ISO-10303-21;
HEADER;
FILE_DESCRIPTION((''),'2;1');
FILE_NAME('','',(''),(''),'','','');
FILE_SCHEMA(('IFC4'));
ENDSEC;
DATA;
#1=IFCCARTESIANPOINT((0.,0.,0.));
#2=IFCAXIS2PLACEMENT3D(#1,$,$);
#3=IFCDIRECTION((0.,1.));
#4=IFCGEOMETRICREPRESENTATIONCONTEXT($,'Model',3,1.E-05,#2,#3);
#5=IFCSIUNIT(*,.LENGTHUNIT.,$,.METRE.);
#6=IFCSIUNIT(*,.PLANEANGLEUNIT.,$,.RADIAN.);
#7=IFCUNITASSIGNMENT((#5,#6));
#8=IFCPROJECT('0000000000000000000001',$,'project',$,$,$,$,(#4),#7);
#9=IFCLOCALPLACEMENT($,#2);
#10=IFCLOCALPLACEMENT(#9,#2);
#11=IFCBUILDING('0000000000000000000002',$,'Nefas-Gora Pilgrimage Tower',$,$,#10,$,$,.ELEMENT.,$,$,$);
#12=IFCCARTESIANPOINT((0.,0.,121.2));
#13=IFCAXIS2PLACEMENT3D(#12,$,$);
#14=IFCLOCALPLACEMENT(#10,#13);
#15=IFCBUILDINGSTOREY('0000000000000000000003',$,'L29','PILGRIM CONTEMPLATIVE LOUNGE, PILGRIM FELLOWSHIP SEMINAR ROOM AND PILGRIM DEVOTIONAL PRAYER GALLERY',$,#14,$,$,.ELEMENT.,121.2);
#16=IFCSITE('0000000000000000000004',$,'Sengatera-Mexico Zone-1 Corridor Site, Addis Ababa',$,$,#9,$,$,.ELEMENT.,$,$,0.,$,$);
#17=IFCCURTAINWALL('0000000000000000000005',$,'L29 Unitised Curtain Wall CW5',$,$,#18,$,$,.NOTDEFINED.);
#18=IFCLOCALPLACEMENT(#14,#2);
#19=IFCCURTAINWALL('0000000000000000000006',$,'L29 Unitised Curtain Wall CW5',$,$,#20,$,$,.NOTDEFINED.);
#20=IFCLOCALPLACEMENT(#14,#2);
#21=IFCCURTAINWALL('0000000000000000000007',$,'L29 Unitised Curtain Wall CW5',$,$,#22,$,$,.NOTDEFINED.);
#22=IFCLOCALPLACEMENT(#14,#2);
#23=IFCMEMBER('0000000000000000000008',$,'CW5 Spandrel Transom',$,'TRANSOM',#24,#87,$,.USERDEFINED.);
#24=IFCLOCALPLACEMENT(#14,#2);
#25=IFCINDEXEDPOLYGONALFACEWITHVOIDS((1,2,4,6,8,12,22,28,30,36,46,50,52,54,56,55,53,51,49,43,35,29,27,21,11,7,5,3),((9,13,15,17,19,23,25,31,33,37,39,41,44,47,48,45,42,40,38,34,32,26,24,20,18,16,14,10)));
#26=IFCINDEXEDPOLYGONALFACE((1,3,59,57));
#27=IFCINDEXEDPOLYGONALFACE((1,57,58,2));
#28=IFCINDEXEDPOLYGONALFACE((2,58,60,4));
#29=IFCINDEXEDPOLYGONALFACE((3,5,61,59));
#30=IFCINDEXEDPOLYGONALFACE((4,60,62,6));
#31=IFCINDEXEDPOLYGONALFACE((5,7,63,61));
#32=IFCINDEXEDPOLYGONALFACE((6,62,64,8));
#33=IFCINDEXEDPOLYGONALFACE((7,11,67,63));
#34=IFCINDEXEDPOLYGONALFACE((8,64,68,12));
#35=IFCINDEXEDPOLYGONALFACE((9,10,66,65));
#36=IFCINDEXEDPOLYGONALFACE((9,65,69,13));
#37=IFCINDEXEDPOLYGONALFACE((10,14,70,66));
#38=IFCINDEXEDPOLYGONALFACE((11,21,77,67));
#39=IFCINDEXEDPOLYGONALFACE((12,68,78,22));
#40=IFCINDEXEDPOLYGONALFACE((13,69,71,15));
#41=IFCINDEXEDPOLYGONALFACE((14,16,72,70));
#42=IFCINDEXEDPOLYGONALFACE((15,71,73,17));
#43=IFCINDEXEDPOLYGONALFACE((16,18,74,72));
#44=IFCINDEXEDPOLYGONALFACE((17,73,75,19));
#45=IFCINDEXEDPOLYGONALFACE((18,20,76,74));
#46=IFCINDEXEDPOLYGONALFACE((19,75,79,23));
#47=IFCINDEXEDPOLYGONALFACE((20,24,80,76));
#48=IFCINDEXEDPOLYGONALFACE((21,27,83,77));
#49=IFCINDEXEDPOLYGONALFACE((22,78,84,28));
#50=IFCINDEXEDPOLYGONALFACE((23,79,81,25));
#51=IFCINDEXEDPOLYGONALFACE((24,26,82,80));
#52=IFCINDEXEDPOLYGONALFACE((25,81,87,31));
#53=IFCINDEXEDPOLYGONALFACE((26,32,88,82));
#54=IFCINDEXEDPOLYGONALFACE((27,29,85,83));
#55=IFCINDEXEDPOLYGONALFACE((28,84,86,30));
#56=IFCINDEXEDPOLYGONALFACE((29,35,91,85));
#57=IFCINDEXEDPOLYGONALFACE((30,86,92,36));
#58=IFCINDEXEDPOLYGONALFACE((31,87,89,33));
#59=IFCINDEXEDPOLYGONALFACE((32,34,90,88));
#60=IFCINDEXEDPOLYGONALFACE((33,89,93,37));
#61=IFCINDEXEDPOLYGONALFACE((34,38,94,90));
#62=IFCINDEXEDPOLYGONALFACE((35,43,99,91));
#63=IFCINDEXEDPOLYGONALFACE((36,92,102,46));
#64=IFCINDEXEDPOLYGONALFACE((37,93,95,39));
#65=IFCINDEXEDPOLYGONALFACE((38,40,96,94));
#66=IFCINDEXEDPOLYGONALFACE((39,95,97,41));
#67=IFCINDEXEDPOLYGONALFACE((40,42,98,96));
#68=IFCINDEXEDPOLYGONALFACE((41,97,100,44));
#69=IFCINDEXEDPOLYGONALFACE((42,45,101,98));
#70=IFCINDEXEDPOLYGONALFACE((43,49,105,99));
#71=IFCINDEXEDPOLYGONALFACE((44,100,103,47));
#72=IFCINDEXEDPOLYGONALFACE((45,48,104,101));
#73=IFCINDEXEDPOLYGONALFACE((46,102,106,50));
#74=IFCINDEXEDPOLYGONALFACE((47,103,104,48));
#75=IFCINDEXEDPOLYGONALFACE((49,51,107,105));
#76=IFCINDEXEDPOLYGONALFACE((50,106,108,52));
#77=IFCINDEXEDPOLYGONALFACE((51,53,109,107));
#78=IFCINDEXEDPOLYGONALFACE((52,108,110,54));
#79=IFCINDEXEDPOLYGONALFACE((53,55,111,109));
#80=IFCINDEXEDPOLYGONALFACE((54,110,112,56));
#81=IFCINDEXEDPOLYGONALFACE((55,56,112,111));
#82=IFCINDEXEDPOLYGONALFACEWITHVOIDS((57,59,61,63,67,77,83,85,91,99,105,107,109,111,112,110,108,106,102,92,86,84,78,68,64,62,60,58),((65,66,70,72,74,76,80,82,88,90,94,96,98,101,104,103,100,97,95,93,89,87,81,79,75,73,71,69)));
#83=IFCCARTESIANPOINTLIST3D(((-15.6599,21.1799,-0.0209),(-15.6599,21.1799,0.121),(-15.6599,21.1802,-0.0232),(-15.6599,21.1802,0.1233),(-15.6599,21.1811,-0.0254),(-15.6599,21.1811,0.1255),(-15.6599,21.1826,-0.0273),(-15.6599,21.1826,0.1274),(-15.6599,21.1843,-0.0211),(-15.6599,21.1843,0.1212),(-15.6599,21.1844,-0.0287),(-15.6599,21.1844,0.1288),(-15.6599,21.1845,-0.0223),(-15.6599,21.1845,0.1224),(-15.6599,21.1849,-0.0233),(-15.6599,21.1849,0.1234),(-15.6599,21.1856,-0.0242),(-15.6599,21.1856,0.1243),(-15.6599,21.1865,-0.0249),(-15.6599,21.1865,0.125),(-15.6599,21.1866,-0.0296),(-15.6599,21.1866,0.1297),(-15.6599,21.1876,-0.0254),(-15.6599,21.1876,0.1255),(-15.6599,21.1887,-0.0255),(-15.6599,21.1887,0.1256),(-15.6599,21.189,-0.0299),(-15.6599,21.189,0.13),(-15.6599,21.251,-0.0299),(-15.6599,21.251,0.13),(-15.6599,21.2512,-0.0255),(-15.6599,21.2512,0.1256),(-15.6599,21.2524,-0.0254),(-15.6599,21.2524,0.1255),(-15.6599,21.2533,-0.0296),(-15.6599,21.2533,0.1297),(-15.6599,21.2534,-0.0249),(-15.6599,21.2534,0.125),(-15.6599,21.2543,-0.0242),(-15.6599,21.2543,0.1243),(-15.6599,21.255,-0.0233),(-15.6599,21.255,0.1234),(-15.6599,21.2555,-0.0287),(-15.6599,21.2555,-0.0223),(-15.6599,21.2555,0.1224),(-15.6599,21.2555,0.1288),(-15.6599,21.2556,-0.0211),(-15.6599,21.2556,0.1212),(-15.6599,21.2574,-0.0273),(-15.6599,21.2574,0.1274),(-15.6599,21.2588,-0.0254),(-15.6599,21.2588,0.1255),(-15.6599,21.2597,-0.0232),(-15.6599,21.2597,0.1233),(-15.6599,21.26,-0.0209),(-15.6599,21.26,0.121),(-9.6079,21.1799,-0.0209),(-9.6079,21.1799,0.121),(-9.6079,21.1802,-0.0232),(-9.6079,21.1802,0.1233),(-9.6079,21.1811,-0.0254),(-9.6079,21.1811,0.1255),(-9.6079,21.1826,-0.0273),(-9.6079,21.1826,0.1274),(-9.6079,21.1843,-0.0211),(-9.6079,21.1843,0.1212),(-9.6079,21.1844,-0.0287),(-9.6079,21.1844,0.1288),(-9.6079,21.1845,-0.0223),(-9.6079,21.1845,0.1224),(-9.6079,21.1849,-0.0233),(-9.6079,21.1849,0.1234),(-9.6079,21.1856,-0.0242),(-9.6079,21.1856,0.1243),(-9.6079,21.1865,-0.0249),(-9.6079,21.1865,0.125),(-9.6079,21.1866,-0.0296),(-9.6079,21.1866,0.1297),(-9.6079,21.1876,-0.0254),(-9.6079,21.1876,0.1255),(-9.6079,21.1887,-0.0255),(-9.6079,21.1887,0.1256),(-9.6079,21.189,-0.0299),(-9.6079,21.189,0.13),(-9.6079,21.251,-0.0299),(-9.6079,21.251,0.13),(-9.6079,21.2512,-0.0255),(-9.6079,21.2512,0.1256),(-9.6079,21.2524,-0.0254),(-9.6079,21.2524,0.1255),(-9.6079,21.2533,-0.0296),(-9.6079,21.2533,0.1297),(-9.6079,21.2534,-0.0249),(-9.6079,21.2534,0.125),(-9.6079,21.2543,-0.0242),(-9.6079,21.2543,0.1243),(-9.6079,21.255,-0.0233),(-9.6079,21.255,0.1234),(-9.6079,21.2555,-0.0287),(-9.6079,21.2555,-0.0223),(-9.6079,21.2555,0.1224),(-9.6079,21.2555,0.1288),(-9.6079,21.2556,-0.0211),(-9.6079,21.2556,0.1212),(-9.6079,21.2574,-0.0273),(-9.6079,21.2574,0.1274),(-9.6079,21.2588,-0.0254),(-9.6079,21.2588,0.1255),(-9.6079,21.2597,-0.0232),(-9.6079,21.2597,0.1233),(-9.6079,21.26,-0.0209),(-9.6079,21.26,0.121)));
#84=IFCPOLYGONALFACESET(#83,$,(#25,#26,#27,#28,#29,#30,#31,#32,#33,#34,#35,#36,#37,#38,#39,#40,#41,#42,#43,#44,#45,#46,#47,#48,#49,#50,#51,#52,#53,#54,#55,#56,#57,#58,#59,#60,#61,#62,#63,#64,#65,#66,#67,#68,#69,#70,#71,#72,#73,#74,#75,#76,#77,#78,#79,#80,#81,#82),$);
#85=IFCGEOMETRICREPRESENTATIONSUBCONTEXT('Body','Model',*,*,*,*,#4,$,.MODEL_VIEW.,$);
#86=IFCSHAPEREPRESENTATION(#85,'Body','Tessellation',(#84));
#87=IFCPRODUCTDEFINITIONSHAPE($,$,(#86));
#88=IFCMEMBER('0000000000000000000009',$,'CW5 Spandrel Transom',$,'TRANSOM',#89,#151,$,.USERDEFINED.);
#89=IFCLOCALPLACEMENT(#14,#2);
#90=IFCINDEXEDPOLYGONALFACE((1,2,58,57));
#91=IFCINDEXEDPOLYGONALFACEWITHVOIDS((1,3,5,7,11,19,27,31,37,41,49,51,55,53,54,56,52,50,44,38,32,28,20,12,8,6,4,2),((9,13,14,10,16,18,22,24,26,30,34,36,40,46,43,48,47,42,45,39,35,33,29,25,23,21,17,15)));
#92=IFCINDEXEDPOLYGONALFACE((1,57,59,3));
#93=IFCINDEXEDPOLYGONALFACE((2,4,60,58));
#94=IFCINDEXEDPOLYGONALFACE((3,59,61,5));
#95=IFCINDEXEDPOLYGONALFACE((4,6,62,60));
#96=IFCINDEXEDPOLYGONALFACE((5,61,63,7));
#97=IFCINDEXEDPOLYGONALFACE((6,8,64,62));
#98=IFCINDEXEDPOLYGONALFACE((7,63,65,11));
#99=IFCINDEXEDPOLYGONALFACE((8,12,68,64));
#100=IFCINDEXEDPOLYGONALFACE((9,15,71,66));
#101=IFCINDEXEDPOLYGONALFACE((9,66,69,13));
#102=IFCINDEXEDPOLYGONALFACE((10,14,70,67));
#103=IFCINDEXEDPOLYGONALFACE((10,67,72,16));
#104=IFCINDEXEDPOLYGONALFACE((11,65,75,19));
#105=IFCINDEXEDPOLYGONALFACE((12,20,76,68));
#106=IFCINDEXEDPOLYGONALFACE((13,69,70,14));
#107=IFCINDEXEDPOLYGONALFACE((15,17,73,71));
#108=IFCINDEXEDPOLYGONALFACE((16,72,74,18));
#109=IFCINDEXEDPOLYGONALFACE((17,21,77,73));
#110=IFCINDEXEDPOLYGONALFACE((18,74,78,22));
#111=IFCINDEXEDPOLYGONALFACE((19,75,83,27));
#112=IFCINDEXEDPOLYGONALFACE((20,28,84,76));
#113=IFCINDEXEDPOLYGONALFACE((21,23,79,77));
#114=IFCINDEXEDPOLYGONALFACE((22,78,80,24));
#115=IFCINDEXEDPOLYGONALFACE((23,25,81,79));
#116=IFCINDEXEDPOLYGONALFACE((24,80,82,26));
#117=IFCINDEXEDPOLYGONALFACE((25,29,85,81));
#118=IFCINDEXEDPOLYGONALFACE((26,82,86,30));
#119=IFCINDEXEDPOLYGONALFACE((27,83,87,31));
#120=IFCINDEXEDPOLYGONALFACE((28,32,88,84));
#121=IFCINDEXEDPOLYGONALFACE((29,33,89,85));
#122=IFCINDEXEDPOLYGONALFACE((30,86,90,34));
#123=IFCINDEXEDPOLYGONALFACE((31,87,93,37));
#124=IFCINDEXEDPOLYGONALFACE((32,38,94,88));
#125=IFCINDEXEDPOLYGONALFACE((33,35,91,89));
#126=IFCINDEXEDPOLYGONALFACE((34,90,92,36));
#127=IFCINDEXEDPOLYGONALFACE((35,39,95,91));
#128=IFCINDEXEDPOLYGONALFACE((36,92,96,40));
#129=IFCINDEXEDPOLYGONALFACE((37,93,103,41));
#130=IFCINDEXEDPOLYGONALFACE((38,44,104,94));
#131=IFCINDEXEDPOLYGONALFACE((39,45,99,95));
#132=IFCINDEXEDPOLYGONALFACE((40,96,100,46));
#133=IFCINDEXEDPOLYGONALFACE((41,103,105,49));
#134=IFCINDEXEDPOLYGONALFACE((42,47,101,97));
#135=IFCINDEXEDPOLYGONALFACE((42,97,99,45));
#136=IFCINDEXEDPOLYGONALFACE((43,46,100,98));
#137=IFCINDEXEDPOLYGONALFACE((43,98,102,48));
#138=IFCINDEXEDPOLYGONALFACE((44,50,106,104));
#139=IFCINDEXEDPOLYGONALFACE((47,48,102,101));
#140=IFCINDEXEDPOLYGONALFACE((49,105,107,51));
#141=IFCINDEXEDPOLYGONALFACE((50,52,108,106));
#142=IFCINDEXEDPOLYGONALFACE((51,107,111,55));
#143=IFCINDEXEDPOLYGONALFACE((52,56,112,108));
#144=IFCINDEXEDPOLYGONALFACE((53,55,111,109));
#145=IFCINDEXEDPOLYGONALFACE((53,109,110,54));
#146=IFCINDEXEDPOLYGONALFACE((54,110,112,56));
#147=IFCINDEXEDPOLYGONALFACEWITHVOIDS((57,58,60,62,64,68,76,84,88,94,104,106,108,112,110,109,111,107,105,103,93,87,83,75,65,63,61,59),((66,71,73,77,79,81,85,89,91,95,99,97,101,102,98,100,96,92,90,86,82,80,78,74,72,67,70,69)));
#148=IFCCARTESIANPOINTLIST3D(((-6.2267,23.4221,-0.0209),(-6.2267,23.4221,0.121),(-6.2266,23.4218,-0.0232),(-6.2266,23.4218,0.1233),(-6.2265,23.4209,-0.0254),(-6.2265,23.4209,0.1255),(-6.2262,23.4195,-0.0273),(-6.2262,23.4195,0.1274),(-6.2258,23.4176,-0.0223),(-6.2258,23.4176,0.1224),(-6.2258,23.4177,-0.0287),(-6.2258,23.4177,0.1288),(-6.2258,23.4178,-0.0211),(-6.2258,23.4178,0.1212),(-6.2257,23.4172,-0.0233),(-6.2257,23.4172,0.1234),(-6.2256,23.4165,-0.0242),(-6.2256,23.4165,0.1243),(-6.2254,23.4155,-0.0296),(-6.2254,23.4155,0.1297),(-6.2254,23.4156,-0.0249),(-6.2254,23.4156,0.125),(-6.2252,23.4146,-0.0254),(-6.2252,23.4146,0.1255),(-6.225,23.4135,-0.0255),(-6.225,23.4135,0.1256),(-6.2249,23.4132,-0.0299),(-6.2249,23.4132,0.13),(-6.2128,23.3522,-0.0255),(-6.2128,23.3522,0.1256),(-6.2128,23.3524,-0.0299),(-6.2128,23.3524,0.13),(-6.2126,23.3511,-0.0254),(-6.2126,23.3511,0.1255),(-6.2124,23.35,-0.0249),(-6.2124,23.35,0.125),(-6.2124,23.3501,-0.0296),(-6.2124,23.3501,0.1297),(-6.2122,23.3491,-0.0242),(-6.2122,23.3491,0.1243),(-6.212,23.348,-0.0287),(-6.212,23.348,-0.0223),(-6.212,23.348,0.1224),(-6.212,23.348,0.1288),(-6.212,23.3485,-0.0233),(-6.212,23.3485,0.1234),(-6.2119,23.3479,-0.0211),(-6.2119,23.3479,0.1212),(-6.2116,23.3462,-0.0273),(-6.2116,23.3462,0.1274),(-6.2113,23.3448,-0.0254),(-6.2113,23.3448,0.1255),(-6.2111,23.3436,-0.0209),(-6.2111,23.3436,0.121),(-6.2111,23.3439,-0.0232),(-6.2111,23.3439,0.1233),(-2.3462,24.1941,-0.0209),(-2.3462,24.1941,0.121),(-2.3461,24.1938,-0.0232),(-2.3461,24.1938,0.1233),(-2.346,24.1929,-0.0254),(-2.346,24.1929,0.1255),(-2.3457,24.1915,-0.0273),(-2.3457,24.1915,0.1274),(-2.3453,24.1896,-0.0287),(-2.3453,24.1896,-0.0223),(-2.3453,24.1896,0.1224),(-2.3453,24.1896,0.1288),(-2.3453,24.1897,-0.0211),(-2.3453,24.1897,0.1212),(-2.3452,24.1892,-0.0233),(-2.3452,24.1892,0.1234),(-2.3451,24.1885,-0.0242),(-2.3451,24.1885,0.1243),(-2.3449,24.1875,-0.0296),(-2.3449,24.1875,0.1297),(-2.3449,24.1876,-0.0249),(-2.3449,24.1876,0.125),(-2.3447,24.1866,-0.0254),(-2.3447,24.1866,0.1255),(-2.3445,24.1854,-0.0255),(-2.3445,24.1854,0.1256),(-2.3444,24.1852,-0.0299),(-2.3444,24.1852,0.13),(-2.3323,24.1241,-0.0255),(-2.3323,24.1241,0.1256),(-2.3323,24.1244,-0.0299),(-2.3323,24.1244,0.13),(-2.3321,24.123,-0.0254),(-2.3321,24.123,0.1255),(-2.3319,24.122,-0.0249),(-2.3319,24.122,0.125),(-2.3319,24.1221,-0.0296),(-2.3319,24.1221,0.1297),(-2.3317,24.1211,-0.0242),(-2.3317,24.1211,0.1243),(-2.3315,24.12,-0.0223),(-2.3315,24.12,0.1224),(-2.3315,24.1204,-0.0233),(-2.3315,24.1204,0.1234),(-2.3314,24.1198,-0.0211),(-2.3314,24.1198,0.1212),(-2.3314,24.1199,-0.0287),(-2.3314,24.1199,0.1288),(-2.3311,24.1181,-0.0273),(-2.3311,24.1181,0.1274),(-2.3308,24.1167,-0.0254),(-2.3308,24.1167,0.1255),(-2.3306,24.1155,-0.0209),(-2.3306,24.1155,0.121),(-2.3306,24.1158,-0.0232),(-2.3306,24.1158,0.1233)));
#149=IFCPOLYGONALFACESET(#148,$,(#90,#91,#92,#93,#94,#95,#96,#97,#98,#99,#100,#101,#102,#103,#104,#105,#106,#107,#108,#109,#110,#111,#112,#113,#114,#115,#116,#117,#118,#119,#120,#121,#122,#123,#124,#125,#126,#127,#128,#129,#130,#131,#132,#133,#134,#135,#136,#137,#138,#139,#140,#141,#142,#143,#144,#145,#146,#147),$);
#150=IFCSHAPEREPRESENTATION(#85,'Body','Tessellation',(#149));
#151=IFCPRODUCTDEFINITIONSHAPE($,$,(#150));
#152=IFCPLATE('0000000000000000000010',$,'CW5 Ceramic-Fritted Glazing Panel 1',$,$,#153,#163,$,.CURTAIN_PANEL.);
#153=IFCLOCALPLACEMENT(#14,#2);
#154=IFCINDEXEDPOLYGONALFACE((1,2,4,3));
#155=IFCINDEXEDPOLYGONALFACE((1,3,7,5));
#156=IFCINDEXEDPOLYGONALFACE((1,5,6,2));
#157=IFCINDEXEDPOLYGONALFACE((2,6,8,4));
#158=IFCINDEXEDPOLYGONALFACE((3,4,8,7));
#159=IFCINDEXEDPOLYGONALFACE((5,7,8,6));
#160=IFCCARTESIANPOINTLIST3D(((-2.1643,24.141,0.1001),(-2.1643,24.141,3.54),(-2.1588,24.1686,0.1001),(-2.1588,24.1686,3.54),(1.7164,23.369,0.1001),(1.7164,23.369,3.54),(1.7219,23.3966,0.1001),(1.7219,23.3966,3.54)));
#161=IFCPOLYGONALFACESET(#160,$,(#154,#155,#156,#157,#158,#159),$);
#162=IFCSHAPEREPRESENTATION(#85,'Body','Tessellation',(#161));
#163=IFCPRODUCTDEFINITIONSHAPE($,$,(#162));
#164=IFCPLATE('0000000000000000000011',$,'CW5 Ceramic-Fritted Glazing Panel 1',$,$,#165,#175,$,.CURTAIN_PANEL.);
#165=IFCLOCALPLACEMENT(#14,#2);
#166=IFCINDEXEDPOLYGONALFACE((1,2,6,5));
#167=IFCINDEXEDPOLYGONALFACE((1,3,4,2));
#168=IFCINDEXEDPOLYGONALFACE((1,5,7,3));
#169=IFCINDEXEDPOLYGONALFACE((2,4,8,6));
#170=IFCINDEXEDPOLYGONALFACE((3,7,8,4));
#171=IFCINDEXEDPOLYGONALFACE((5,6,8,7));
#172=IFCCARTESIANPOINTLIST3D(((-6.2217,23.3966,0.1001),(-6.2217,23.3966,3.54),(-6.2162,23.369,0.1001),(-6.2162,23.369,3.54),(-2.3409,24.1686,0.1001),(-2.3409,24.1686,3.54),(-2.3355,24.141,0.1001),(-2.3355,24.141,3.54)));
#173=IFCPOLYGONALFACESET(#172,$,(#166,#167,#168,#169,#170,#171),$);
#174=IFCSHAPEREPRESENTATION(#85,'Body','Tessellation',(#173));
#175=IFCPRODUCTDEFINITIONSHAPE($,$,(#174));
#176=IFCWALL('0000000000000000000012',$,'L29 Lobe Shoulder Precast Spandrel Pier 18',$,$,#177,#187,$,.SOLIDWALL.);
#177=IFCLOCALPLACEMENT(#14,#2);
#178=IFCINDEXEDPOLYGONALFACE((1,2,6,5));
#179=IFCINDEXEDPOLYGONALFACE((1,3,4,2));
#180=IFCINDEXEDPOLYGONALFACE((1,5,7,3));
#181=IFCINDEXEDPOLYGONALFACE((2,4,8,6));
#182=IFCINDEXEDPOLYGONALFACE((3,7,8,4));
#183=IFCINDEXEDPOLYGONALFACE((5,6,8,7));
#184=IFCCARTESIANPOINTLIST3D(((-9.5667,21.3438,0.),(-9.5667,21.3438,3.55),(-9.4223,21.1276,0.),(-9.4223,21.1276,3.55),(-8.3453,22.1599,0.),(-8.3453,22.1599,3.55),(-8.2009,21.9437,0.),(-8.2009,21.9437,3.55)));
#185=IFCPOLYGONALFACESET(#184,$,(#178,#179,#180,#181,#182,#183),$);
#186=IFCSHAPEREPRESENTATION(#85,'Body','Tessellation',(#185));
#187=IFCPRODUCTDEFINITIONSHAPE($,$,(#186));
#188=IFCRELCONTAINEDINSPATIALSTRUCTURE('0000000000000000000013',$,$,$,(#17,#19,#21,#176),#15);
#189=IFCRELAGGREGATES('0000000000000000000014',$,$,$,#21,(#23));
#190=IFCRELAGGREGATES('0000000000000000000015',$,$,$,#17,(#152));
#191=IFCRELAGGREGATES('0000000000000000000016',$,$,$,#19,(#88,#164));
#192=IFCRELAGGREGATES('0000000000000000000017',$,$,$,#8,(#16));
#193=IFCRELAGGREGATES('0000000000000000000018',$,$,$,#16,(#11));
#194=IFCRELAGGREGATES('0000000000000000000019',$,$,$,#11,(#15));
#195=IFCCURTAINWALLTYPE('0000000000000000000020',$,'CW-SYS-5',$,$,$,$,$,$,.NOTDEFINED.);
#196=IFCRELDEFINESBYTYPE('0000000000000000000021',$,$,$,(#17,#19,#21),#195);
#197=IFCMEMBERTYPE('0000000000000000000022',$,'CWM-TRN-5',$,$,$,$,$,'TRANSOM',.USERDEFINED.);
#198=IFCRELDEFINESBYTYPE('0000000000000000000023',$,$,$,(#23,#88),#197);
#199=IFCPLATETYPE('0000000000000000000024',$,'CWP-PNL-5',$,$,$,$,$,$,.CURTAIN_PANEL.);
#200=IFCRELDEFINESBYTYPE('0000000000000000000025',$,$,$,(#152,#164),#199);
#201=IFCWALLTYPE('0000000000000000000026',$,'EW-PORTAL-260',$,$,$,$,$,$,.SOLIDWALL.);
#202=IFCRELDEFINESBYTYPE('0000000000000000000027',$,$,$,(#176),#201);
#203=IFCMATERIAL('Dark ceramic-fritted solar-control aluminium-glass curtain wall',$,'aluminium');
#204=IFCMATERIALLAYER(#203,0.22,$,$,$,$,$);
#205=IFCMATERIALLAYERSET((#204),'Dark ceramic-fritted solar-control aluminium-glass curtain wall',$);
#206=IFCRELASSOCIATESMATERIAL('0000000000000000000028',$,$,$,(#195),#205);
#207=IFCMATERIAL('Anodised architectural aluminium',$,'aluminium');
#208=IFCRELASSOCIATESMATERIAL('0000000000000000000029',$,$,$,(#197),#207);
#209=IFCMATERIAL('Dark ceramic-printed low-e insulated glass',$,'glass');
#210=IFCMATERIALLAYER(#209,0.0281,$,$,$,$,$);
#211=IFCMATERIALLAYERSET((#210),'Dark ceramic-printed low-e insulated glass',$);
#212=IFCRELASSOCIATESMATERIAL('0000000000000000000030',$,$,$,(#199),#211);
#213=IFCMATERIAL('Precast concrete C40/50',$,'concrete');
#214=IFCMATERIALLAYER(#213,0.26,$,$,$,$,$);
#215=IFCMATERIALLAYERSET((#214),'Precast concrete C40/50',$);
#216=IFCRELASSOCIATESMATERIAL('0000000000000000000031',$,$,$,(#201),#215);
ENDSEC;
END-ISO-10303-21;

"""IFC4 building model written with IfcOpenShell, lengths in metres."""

from ifc_helpers import new_model, si_unit, direction, frame, frame_2d, origin, origin_2d, place, context, subcontext, project, spatial, rectangle, hollow_rectangle, extrude, source, transform, mapped, material, layer, layer_set, material_profile, profile_set, type_object, element, aggregate, save


model = new_model("IFC4")

# Units and contexts
model_context = context("Model", 3, precision=1e-05, world=origin(), true_north=direction((0.0, 1.0)))
body_context = subcontext(model_context, "Body", "Model", "MODEL_VIEW")
ifc_project = project(units=[si_unit("LENGTHUNIT", "METRE"), si_unit("PLANEANGLEUNIT", "RADIAN")], contexts=[model_context])

# Site, building, storey
site_placement = place(None, origin())
site = spatial("IfcSite", under=ifc_project, at=site_placement, Name="Sengatera-Mexico Zone-1 Corridor Site, Addis Ababa", CompositionType="ELEMENT", RefElevation=0.0)
building_placement = place(site_placement, origin())
building = spatial("IfcBuilding", under=site, at=building_placement, Name="Nefas-Gora Pilgrimage Tower", CompositionType="ELEMENT")
storey_placement = place(building_placement, frame((0.0, 0.0, 121.2)))
storey = spatial("IfcBuildingStorey", under=building, at=storey_placement, Name="L29", Description="PILGRIM CONTEMPLATIVE LOUNGE, PILGRIM FELLOWSHIP SEMINAR ROOM AND PILGRIM DEVOTIONAL PRAYER GALLERY", CompositionType="ELEMENT", Elevation=121.2)

# Curtain wall
ifc_material_1 = material(Name="Dark ceramic-fritted solar-control aluminium-glass curtain wall", Category="aluminium")
ifc_layer_1 = layer(ifc_material_1, 0.22)
ifc_layer_set_1 = layer_set([ifc_layer_1], Name="Dark ceramic-fritted solar-control aluminium-glass curtain wall")
curtain_wall_type = type_object("IfcCurtainWallType", Name="CW-SYS-5", PredefinedType="NOTDEFINED", material=ifc_layer_set_1)
curtain_wall_1_placement = place(storey_placement, origin())
curtain_wall_1 = element("IfcCurtainWall", 1, at=curtain_wall_1_placement, inside=storey, type_object=curtain_wall_type, Name="L29 Unitised Curtain Wall CW5", PredefinedType="NOTDEFINED")
ifc_material_2 = material(Name="Anodised architectural aluminium", Category="aluminium")

# Curtain walls, member
curtain_wall_2_placement = place(storey_placement, origin())
curtain_wall_2 = element("IfcCurtainWall", 2, at=curtain_wall_2_placement, inside=storey, type_object=curtain_wall_type, Name="L29 Unitised Curtain Wall CW5", PredefinedType="NOTDEFINED")
curtain_wall_3_placement = place(storey_placement, origin())
curtain_wall_3 = element("IfcCurtainWall", 3, at=curtain_wall_3_placement, inside=storey, type_object=curtain_wall_type, Name="L29 Unitised Curtain Wall CW5", PredefinedType="NOTDEFINED")
ifc_material_profile_1 = material_profile(ifc_material_2, hollow_rectangle(XDim=0.0801, YDim=0.1599, WallThickness=0.0044, InnerFilletRadius=0.0044, OuterFilletRadius=0.009, at=origin_2d()), Name="ALU TRANSOM 80x160")
ifc_profile_set_1 = profile_set([ifc_material_profile_1], Name="Anodised architectural aluminium")
member_type_1 = type_object("IfcMemberType", Name="CWM-TRN-5", ElementType="TRANSOM", PredefinedType="USERDEFINED", material=ifc_profile_set_1)
shared_shape_1 = source(origin(), body_context, "Body", "SweptSolid", [
    extrude(hollow_rectangle(XDim=0.0801, YDim=0.1599, WallThickness=0.0044, InnerFilletRadius=0.0044, OuterFilletRadius=0.009, at=origin_2d()), origin(), (0.0, 0.0, 1.0), 6.052),
])
member_1_placement = place(storey_placement, frame((-9.6079, 21.22, 0.05), z_axis=(-1.0, 0.0, 0.0), x_axis=(0.0, -1.0, 0.0)))
member_1 = element("IfcMember", 4, at=member_1_placement, type_object=member_type_1, Name="CW5 Spandrel Transom", ObjectType="TRANSOM", PredefinedType="USERDEFINED", context=body_context, shape_type="MappedRepresentation", body=[
    mapped(shared_shape_1, transform((0.0, 0.0, 0.0), x_axis=(1.0, 0.0, 0.0), y_axis=(0.0, 1.0, 0.0), z_axis=(0.0, 0.0, 1.0), scale=1.0)),
])
aggregate(curtain_wall_3, [member_1])

# Member
shared_shape_2 = source(origin(), body_context, "Body", "SweptSolid", [
    extrude(hollow_rectangle(XDim=0.0801, YDim=0.1599, WallThickness=0.0044, InnerFilletRadius=0.0044, OuterFilletRadius=0.009, at=origin_2d()), origin(), (0.0, 0.0, 1.0), 3.9565),
])
member_2_placement = place(storey_placement, frame((-2.3384, 24.1548, 0.05), z_axis=(-0.980782, -0.195107, 0.0), x_axis=(0.195107, -0.980782, 0.0)))
member_2 = element("IfcMember", 5, at=member_2_placement, type_object=member_type_1, Name="CW5 Spandrel Transom", ObjectType="TRANSOM", PredefinedType="USERDEFINED", context=body_context, shape_type="MappedRepresentation", body=[
    mapped(shared_shape_2, transform((0.0, 0.0, 0.0), x_axis=(1.0, 0.0, 0.0), y_axis=(0.0, 1.0, 0.0), z_axis=(0.0, 0.0, 1.0), scale=1.0)),
])

# Plates
ifc_material_3 = material(Name="Dark ceramic-printed low-e insulated glass", Category="glass")
ifc_layer_2 = layer(ifc_material_3, 0.0281)
ifc_layer_set_2 = layer_set([ifc_layer_2], Name="Dark ceramic-printed low-e insulated glass")
plate_type = type_object("IfcPlateType", Name="CWP-PNL-5", PredefinedType="CURTAIN_PANEL", material=ifc_layer_set_2)
shared_shape_3 = source(origin(), body_context, "Body", "SweptSolid", [
    extrude(rectangle(XDim=3.9568, YDim=0.0281, at=origin_2d()), origin(), (0.0, 0.0, 1.0), 3.4399),
])
plate_1_placement = place(storey_placement, frame((-0.2212, 23.7688, 0.1001), z_axis=(0.0, 0.0, 1.0), x_axis=(-0.980783, 0.195102, 0.0)))
plate_1 = element("IfcPlate", 6, at=plate_1_placement, type_object=plate_type, Name="CW5 Ceramic-Fritted Glazing Panel 1", PredefinedType="CURTAIN_PANEL", context=body_context, shape_type="MappedRepresentation", body=[
    mapped(shared_shape_3, transform((0.0, 0.0, 0.0), x_axis=(1.0, 0.0, 0.0), y_axis=(0.0, 1.0, 0.0), z_axis=(0.0, 0.0, 1.0), scale=1.0)),
])
aggregate(curtain_wall_1, [plate_1])
plate_2_placement = place(storey_placement, frame((-4.2786, 23.7688, 0.1001), z_axis=(0.0, 0.0, 1.0), x_axis=(-0.980783, -0.195102, 0.0)))
plate_2 = element("IfcPlate", 7, at=plate_2_placement, type_object=plate_type, Name="CW5 Ceramic-Fritted Glazing Panel 1", PredefinedType="CURTAIN_PANEL", context=body_context, shape_type="MappedRepresentation", body=[
    mapped(shared_shape_3, transform((0.0, 0.0, 0.0), x_axis=(1.0, 0.0, 0.0), y_axis=(0.0, 1.0, 0.0), z_axis=(0.0, 0.0, 1.0), scale=1.0)),
])
aggregate(curtain_wall_2, [member_2, plate_2])

# Wall
ifc_material_4 = material(Name="Precast concrete C40/50", Category="concrete")
ifc_layer_3 = layer(ifc_material_4, 0.26)
ifc_layer_set_3 = layer_set([ifc_layer_3], Name="Precast concrete C40/50")
wall_type_1 = type_object("IfcWallType", Name="EW-PORTAL-260", PredefinedType="SOLIDWALL", material=ifc_layer_set_3)
shared_shape_4 = source(origin(), body_context, "Body", "SweptSolid", [
    extrude(rectangle(XDim=1.469, YDim=0.26, at=frame_2d((0.7344, 0.0))), origin(), (0.0, 0.0, 1.0), 3.55),
])
wall_1_placement = place(storey_placement, frame((-8.2732, 22.0518, 0.0), z_axis=(0.0, 0.0, 1.0), x_axis=(-0.831462, -0.555582, 0.0)))
element("IfcWall", 8, at=wall_1_placement, inside=storey, type_object=wall_type_1, Name="L29 Lobe Shoulder Precast Spandrel Pier 18", PredefinedType="SOLIDWALL", context=body_context, shape_type="MappedRepresentation", body=[
    mapped(shared_shape_4, transform((0.0, 0.0, 0.0), x_axis=(1.0, 0.0, 0.0), y_axis=(0.0, 1.0, 0.0), z_axis=(0.0, 0.0, 1.0), scale=1.0)),
])

save(model, "model.ifc")
